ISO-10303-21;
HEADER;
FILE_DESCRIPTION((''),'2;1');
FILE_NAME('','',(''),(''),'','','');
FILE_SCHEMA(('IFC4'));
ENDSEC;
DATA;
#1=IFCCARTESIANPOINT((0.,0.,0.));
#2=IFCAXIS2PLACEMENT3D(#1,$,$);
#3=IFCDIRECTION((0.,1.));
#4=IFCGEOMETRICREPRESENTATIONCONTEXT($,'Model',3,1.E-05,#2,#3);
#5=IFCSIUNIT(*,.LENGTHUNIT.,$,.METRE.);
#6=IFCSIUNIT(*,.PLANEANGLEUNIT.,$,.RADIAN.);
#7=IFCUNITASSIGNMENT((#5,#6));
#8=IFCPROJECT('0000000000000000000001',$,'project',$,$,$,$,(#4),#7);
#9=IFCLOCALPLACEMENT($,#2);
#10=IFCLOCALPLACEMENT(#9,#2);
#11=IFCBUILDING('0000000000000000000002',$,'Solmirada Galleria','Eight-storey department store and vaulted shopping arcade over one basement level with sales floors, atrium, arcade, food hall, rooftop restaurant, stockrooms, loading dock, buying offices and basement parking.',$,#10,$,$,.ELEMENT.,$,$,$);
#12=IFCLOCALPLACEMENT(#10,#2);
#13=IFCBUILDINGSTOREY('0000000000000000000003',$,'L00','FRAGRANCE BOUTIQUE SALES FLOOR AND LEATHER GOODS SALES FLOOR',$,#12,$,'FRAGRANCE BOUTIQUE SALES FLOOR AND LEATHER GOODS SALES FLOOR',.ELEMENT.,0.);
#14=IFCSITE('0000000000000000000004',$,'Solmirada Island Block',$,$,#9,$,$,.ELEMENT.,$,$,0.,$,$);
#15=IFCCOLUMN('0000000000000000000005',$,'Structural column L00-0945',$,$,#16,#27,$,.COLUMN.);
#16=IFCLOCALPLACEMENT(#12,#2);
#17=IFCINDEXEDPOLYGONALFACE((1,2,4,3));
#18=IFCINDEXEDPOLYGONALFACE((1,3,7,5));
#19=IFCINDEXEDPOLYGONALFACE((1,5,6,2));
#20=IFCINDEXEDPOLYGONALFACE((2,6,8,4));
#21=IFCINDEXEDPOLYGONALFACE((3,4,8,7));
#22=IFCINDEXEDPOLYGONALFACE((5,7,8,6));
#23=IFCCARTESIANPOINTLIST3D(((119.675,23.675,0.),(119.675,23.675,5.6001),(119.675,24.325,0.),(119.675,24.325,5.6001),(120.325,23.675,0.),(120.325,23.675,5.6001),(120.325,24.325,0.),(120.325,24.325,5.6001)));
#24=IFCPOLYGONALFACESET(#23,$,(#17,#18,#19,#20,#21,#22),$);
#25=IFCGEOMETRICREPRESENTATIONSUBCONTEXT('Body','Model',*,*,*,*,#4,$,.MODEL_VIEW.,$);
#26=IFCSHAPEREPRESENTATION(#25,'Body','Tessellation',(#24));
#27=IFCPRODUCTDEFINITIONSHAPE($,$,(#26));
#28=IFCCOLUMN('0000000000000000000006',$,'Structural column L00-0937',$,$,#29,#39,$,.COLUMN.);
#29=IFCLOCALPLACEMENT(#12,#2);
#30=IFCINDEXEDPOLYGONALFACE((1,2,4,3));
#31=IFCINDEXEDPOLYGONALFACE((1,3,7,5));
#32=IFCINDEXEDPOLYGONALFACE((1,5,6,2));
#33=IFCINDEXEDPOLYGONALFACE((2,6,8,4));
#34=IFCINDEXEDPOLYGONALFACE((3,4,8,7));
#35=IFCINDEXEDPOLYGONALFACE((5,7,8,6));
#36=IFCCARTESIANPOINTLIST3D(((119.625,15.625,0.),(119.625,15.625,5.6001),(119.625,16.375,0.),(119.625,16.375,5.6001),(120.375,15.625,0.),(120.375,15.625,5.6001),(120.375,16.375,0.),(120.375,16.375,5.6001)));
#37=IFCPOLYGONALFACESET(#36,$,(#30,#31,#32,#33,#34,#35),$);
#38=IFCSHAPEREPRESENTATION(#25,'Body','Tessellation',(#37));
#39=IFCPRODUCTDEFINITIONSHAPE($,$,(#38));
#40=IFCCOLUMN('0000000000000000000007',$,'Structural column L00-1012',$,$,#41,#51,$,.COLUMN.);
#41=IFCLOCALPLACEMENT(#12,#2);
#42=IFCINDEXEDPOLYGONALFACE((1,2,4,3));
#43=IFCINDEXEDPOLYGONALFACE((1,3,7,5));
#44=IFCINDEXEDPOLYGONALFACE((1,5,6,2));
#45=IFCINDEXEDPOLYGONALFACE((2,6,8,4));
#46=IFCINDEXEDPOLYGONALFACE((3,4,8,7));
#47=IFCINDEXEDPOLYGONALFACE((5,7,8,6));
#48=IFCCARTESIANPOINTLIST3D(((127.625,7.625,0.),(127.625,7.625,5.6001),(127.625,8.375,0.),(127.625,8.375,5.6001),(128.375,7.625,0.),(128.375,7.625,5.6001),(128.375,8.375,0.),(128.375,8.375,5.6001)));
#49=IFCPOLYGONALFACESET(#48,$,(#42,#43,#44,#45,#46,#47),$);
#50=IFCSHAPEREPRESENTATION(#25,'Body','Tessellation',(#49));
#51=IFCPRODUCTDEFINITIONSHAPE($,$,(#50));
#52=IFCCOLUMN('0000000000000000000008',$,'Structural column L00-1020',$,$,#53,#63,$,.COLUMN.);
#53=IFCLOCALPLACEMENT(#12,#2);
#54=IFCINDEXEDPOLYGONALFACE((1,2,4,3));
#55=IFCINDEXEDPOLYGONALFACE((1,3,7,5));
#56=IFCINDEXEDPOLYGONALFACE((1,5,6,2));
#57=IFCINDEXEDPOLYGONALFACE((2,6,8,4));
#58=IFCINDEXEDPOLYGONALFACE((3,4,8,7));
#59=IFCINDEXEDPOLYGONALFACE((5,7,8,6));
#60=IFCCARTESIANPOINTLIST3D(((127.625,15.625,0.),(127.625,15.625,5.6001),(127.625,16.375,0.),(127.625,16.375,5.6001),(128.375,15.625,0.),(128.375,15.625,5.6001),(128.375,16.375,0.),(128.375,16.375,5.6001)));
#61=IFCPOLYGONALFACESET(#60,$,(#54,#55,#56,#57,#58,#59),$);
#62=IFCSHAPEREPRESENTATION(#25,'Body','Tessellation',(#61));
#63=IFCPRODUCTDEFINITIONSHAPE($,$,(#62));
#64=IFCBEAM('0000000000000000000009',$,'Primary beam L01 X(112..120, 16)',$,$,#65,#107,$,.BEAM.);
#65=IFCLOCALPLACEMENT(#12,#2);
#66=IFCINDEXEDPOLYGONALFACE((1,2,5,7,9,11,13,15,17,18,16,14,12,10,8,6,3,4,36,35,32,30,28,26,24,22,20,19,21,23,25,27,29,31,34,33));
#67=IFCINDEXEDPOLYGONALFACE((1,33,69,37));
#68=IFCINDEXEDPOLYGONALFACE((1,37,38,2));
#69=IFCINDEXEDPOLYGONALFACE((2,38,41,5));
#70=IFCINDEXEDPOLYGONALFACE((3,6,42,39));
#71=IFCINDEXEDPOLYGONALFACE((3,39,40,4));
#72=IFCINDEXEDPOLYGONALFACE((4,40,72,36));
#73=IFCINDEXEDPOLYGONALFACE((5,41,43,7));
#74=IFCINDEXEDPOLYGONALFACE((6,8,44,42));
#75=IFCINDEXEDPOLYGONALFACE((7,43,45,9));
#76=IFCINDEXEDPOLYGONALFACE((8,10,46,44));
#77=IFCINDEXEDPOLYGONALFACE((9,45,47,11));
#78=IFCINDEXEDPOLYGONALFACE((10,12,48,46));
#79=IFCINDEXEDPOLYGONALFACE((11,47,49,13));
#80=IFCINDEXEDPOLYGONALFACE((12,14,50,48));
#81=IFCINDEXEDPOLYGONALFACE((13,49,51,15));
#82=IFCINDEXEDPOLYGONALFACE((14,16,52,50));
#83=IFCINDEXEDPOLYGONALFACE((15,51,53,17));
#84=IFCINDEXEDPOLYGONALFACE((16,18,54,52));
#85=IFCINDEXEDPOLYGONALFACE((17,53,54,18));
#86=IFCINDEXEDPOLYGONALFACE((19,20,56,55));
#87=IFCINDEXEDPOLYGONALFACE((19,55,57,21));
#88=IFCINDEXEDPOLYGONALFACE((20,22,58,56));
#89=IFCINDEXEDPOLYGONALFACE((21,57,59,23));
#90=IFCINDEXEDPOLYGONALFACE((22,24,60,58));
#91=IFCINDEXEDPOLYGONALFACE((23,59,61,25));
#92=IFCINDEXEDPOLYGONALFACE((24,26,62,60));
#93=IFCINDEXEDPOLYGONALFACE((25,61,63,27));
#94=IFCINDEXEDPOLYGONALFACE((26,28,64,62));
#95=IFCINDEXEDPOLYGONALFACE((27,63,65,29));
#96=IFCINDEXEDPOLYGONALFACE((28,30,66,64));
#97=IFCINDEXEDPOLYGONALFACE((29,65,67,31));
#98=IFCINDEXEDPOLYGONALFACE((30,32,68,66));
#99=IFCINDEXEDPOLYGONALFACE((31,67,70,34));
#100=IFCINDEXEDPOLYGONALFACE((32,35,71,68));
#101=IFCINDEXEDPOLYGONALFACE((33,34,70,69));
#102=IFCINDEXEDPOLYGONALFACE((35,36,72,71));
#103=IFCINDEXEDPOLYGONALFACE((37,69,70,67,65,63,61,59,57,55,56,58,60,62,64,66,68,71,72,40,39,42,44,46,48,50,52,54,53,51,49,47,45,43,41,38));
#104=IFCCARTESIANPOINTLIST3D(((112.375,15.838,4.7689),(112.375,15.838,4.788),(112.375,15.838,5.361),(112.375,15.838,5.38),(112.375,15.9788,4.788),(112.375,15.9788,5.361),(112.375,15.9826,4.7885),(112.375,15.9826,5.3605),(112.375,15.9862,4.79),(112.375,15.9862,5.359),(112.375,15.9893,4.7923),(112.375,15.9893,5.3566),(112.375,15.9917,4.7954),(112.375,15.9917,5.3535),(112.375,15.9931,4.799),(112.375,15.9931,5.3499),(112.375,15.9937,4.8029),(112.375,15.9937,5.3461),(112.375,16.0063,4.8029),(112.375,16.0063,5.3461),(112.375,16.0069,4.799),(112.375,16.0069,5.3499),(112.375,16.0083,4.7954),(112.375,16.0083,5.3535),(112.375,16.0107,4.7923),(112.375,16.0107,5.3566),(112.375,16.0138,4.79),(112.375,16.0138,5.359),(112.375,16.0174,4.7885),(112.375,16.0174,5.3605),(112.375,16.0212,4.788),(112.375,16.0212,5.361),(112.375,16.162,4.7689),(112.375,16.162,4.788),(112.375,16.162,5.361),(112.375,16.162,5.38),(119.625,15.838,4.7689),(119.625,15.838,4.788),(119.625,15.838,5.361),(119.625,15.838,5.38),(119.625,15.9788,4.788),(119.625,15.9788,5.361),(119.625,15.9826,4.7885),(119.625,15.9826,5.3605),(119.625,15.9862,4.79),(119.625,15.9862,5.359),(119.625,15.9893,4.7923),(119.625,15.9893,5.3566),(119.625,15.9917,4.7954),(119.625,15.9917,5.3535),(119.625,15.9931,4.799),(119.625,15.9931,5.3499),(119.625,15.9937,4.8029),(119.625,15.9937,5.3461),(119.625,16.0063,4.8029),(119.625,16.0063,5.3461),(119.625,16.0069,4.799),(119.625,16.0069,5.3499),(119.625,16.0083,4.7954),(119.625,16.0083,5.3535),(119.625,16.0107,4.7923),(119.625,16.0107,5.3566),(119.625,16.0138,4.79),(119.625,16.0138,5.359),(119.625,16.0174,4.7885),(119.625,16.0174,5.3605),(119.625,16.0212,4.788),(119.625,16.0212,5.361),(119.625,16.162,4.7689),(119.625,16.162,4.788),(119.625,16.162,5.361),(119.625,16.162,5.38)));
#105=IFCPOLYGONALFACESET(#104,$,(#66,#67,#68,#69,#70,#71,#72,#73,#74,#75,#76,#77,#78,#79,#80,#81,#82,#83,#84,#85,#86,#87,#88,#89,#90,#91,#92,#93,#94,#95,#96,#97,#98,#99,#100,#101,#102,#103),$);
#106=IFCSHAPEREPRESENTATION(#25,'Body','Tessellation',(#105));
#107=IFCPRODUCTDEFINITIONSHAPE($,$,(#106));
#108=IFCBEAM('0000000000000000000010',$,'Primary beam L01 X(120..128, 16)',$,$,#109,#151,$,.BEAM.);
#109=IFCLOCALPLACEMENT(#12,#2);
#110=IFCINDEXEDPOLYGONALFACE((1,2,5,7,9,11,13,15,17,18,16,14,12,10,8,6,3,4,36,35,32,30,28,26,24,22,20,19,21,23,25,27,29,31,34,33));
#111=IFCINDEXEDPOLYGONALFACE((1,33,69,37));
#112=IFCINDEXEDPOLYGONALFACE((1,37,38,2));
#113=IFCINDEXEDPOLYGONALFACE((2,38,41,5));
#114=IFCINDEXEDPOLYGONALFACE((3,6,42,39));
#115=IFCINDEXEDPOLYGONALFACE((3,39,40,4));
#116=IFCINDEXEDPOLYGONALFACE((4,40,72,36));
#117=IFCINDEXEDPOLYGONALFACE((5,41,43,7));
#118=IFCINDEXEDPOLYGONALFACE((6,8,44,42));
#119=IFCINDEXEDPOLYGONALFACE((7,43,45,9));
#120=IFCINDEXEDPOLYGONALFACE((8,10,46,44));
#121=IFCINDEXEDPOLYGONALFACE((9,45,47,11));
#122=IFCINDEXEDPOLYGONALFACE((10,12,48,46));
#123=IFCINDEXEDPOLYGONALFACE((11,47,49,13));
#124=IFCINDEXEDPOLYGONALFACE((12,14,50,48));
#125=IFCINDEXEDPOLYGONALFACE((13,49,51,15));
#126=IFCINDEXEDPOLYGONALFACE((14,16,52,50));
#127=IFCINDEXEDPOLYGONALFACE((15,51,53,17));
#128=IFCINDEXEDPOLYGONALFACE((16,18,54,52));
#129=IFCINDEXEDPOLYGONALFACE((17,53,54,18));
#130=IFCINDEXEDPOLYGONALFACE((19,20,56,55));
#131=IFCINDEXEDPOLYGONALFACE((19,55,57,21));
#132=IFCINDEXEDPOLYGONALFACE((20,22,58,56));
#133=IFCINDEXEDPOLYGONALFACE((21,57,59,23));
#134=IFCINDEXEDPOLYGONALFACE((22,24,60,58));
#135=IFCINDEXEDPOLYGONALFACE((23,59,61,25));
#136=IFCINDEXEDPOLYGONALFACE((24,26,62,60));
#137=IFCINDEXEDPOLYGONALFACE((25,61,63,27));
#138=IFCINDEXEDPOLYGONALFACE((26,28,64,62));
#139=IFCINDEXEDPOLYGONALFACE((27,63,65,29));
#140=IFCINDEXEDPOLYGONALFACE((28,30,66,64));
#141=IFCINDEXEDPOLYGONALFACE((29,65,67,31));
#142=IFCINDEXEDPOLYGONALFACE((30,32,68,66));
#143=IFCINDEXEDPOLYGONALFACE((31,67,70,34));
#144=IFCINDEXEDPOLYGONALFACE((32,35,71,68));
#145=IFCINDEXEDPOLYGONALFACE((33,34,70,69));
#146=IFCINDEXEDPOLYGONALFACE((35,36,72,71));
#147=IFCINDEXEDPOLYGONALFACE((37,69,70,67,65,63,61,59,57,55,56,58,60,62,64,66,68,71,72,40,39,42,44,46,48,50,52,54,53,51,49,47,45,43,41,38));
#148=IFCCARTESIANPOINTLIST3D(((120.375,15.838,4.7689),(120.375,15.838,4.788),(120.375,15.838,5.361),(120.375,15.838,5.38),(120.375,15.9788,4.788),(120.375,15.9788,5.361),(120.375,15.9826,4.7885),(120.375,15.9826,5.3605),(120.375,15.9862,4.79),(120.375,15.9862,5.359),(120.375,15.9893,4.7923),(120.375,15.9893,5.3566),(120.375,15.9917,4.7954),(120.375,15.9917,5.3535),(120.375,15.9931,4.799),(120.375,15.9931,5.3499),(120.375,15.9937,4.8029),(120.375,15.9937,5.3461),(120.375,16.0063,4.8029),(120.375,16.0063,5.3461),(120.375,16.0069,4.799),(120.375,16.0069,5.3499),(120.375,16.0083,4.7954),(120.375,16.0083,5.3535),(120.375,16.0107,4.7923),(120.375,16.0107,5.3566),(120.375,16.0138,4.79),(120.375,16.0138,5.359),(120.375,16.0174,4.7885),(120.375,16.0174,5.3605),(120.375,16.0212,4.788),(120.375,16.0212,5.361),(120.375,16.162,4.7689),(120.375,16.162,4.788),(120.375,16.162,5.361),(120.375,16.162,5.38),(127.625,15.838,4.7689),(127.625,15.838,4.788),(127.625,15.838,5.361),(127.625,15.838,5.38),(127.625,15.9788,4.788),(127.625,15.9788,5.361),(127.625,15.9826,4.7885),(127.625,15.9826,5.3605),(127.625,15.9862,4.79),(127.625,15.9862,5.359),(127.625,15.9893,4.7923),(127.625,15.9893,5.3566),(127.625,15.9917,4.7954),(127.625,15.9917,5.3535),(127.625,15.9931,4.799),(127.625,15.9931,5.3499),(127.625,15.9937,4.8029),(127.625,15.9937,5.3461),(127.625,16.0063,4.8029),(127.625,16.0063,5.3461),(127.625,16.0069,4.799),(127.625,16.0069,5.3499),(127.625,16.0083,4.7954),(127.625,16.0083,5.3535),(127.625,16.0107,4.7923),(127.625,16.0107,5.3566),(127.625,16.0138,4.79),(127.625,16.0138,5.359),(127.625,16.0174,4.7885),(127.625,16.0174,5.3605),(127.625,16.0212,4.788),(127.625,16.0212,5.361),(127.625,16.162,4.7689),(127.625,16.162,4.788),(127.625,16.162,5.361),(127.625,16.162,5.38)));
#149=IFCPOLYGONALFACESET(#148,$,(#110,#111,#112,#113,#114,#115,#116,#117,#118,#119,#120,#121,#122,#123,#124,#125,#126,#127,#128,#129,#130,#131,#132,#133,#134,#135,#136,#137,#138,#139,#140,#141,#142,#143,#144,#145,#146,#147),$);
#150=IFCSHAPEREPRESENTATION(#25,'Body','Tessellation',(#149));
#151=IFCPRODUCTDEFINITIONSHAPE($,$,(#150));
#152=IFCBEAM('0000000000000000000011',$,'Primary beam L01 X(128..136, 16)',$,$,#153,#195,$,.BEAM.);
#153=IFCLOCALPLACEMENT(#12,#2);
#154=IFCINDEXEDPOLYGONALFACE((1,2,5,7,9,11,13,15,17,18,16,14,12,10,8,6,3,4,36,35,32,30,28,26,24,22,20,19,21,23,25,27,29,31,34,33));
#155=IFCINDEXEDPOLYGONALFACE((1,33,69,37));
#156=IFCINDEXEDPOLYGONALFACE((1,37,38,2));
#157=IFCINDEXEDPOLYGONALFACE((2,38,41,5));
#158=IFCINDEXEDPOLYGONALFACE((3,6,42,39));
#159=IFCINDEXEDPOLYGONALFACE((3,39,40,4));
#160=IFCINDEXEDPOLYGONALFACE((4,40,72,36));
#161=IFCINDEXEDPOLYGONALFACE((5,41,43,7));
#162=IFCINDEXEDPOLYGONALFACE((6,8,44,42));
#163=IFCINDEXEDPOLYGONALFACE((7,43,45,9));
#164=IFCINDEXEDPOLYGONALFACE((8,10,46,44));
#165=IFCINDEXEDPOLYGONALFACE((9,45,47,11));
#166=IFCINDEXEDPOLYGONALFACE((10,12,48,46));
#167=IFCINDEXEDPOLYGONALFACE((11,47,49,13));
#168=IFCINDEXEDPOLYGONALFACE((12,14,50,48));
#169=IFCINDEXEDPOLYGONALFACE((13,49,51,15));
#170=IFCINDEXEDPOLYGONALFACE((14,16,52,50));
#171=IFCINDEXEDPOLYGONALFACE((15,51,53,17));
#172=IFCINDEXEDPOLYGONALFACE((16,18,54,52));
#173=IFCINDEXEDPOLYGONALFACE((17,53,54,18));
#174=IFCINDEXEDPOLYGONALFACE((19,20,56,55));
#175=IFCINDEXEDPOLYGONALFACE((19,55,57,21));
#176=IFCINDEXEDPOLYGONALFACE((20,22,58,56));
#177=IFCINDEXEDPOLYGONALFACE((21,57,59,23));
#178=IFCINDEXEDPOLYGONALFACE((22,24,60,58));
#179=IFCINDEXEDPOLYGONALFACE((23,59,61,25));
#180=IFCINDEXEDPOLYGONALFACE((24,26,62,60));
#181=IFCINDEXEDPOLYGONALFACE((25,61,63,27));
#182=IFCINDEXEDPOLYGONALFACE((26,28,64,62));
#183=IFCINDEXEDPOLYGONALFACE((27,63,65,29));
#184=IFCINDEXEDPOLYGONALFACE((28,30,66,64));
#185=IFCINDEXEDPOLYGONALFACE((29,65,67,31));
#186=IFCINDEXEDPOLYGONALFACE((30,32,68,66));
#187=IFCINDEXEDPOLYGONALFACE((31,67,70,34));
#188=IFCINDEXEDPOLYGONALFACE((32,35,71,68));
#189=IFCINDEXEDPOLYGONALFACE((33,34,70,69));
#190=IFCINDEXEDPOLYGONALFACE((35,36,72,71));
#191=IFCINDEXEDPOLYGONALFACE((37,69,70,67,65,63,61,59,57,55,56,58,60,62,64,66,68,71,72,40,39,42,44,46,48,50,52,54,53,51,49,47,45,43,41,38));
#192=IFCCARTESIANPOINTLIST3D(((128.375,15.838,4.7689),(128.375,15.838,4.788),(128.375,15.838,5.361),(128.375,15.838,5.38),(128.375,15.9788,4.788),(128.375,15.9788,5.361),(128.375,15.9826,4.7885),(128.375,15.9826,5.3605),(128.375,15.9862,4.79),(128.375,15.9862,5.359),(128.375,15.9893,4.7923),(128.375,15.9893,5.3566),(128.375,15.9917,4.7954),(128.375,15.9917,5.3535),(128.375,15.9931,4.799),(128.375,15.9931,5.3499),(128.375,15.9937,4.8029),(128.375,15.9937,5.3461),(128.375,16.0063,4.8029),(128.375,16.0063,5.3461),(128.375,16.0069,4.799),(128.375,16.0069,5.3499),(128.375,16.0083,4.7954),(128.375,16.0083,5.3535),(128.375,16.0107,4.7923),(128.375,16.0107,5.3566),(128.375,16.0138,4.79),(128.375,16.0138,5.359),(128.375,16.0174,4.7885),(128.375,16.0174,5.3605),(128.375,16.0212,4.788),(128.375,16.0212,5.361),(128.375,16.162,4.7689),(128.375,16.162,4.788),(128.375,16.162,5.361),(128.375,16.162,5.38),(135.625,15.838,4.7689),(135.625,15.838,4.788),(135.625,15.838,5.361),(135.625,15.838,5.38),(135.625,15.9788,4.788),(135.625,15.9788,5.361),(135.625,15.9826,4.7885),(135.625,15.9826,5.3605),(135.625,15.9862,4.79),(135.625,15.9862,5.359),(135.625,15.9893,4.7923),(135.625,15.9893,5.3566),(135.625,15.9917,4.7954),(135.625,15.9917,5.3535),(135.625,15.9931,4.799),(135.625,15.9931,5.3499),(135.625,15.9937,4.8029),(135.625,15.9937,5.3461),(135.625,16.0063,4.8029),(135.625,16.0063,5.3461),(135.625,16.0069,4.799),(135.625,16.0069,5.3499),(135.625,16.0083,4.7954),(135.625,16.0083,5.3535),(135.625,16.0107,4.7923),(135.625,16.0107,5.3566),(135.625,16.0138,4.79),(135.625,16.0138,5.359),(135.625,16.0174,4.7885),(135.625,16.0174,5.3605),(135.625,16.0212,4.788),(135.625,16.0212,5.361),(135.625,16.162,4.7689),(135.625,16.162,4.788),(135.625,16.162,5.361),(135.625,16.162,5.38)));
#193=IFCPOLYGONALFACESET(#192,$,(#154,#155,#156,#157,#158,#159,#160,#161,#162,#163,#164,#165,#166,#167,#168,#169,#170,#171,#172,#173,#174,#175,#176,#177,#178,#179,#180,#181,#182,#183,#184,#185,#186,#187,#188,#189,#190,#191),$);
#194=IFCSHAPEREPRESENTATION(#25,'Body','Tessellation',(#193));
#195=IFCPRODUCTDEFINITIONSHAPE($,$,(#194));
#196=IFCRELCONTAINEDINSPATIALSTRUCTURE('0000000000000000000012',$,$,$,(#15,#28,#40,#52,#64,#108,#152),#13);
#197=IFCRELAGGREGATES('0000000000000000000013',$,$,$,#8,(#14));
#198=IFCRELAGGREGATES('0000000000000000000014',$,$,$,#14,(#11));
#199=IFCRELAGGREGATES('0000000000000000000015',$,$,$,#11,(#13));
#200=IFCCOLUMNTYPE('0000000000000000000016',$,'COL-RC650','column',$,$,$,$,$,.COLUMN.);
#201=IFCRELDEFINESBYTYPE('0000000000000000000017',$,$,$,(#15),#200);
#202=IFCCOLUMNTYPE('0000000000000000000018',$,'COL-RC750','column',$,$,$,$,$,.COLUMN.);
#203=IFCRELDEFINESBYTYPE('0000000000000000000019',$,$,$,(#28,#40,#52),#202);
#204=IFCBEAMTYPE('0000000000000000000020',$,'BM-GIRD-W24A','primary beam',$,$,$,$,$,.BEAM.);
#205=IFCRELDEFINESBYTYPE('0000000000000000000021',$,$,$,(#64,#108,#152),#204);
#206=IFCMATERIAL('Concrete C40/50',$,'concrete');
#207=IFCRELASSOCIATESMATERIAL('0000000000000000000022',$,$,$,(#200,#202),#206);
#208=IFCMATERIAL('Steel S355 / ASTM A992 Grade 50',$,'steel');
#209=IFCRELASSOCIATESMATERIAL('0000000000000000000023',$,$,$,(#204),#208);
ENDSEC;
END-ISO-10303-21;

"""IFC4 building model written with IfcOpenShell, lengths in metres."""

from ifc_helpers import new_model, si_unit, direction, frame, origin, origin_2d, place, context, subcontext, project, spatial, rectangle, i_section, extrude, material, material_profile, profile_set, type_object, element, save


model = new_model("IFC4")

# Units and contexts
model_context = context("Model", 3, precision=1e-05, world=origin(), true_north=direction((0.0, 1.0)))
body_context = subcontext(model_context, "Body", "Model", "MODEL_VIEW")
ifc_project = project(units=[si_unit("LENGTHUNIT", "METRE"), si_unit("PLANEANGLEUNIT", "RADIAN")], contexts=[model_context])

# Site, building, storey
site_placement = place(None, origin())
site = spatial("IfcSite", under=ifc_project, at=site_placement, Name="Solmirada Island Block", CompositionType="ELEMENT", RefElevation=0.0)
building_placement = place(site_placement, origin())
building = spatial("IfcBuilding", under=site, at=building_placement, Name="Solmirada Galleria", Description="Eight-storey department store and vaulted shopping arcade over one basement level with sales floors, atrium, arcade, food hall, rooftop restaurant, stockrooms, loading dock, buying offices and basement parking.", CompositionType="ELEMENT")
storey_placement = place(building_placement, origin())
storey = spatial("IfcBuildingStorey", under=building, at=storey_placement, Name="L00", Description="FRAGRANCE BOUTIQUE SALES FLOOR AND LEATHER GOODS SALES FLOOR", LongName="FRAGRANCE BOUTIQUE SALES FLOOR AND LEATHER GOODS SALES FLOOR", CompositionType="ELEMENT", Elevation=0.0)

# Columns
ifc_material_1 = material(Name="Concrete C40/50", Category="concrete")
ifc_material_profile_1 = material_profile(ifc_material_1, rectangle(XDim=0.6499, YDim=0.6499, at=origin_2d()), Name="RC650X650")
ifc_profile_set_1 = profile_set([ifc_material_profile_1], Name="Concrete C40/50")
column_type_1 = type_object("IfcColumnType", Name="COL-RC650", Description="column", PredefinedType="COLUMN", material=ifc_profile_set_1)
column_placement = place(storey_placement, frame((120.0, 24.0, 0.0), z_axis=(0.0, 0.0, 1.0), x_axis=(1.0, 0.0, 0.0)))
element("IfcColumn", 1, at=column_placement, inside=storey, type_object=column_type_1, Name="Structural column L00-0945", PredefinedType="COLUMN", context=body_context, shape_type="SweptSolid", body=[
    extrude(rectangle(XDim=0.6499, YDim=0.6499, at=origin_2d()), origin(), (0.0, 0.0, 1.0), 5.6001),
])
ifc_material_profile_2 = material_profile(ifc_material_1, rectangle(XDim=0.75, YDim=0.75, at=origin_2d()), Name="RC750X750")
ifc_profile_set_2 = profile_set([ifc_material_profile_2], Name="Concrete C40/50")
column_type_2 = type_object("IfcColumnType", Name="COL-RC750", Description="column", PredefinedType="COLUMN", material=ifc_profile_set_2)
for number, where, z_axis, x_axis, name in (
    (2, (120.0, 16.0, 0.0), (0.0, 0.0, 1.0), (1.0, 0.0, 0.0), "Structural column L00-0937"),
    (3, (128.0, 8.0, 0.0), (0.0, 0.0, 1.0), (1.0, 0.0, 0.0), "Structural column L00-1012"),
    (4, (128.0, 16.0, 0.0), (0.0, 0.0, 1.0), (1.0, 0.0, 0.0), "Structural column L00-1020"),
):
    element("IfcColumn", number, at=place(storey_placement, frame(where, z_axis=z_axis, x_axis=x_axis)), inside=storey, type_object=column_type_2, Name=name, PredefinedType="COLUMN", context=body_context, shape_type="SweptSolid", body=[
        extrude(rectangle(XDim=0.75, YDim=0.75, at=origin_2d()), origin(), (0.0, 0.0, 1.0), 5.6001),
    ])

# Beams
ifc_material_2 = material(Name="Steel S355 / ASTM A992 Grade 50", Category="steel")
ifc_material_profile_3 = material_profile(ifc_material_2, i_section(OverallWidth=0.324, OverallDepth=0.6111, WebThickness=0.0127, FlangeThickness=0.019, FilletRadius=0.0149, at=origin_2d()), Name="W24X104")
ifc_profile_set_3 = profile_set([ifc_material_profile_3], Name="Steel S355 / ASTM A992 Grade 50")
beam_type_1 = type_object("IfcBeamType", Name="BM-GIRD-W24A", Description="primary beam", PredefinedType="BEAM", material=ifc_profile_set_3)
for number, where, z_axis, x_axis, name in (
    (5, (112.375, 16.0, 5.0745), (1.0, 0.0, 0.0), (0.0, 1.0, 0.0), "Primary beam L01 X(112..120, 16)"),
    (6, (120.375, 16.0, 5.0745), (1.0, 0.0, 0.0), (0.0, 1.0, 0.0), "Primary beam L01 X(120..128, 16)"),
    (7, (128.375, 16.0, 5.0745), (1.0, 0.0, 0.0), (0.0, 1.0, 0.0), "Primary beam L01 X(128..136, 16)"),
):
    element("IfcBeam", number, at=place(storey_placement, frame(where, z_axis=z_axis, x_axis=x_axis)), inside=storey, type_object=beam_type_1, Name=name, PredefinedType="BEAM", context=body_context, shape_type="SweptSolid", body=[
        extrude(i_section(OverallWidth=0.324, OverallDepth=0.6111, WebThickness=0.0127, FlangeThickness=0.019, FilletRadius=0.0149, at=origin_2d()), origin(), (0.0, 0.0, 1.0), 7.25),
    ])

save(model, "model.ifc")
